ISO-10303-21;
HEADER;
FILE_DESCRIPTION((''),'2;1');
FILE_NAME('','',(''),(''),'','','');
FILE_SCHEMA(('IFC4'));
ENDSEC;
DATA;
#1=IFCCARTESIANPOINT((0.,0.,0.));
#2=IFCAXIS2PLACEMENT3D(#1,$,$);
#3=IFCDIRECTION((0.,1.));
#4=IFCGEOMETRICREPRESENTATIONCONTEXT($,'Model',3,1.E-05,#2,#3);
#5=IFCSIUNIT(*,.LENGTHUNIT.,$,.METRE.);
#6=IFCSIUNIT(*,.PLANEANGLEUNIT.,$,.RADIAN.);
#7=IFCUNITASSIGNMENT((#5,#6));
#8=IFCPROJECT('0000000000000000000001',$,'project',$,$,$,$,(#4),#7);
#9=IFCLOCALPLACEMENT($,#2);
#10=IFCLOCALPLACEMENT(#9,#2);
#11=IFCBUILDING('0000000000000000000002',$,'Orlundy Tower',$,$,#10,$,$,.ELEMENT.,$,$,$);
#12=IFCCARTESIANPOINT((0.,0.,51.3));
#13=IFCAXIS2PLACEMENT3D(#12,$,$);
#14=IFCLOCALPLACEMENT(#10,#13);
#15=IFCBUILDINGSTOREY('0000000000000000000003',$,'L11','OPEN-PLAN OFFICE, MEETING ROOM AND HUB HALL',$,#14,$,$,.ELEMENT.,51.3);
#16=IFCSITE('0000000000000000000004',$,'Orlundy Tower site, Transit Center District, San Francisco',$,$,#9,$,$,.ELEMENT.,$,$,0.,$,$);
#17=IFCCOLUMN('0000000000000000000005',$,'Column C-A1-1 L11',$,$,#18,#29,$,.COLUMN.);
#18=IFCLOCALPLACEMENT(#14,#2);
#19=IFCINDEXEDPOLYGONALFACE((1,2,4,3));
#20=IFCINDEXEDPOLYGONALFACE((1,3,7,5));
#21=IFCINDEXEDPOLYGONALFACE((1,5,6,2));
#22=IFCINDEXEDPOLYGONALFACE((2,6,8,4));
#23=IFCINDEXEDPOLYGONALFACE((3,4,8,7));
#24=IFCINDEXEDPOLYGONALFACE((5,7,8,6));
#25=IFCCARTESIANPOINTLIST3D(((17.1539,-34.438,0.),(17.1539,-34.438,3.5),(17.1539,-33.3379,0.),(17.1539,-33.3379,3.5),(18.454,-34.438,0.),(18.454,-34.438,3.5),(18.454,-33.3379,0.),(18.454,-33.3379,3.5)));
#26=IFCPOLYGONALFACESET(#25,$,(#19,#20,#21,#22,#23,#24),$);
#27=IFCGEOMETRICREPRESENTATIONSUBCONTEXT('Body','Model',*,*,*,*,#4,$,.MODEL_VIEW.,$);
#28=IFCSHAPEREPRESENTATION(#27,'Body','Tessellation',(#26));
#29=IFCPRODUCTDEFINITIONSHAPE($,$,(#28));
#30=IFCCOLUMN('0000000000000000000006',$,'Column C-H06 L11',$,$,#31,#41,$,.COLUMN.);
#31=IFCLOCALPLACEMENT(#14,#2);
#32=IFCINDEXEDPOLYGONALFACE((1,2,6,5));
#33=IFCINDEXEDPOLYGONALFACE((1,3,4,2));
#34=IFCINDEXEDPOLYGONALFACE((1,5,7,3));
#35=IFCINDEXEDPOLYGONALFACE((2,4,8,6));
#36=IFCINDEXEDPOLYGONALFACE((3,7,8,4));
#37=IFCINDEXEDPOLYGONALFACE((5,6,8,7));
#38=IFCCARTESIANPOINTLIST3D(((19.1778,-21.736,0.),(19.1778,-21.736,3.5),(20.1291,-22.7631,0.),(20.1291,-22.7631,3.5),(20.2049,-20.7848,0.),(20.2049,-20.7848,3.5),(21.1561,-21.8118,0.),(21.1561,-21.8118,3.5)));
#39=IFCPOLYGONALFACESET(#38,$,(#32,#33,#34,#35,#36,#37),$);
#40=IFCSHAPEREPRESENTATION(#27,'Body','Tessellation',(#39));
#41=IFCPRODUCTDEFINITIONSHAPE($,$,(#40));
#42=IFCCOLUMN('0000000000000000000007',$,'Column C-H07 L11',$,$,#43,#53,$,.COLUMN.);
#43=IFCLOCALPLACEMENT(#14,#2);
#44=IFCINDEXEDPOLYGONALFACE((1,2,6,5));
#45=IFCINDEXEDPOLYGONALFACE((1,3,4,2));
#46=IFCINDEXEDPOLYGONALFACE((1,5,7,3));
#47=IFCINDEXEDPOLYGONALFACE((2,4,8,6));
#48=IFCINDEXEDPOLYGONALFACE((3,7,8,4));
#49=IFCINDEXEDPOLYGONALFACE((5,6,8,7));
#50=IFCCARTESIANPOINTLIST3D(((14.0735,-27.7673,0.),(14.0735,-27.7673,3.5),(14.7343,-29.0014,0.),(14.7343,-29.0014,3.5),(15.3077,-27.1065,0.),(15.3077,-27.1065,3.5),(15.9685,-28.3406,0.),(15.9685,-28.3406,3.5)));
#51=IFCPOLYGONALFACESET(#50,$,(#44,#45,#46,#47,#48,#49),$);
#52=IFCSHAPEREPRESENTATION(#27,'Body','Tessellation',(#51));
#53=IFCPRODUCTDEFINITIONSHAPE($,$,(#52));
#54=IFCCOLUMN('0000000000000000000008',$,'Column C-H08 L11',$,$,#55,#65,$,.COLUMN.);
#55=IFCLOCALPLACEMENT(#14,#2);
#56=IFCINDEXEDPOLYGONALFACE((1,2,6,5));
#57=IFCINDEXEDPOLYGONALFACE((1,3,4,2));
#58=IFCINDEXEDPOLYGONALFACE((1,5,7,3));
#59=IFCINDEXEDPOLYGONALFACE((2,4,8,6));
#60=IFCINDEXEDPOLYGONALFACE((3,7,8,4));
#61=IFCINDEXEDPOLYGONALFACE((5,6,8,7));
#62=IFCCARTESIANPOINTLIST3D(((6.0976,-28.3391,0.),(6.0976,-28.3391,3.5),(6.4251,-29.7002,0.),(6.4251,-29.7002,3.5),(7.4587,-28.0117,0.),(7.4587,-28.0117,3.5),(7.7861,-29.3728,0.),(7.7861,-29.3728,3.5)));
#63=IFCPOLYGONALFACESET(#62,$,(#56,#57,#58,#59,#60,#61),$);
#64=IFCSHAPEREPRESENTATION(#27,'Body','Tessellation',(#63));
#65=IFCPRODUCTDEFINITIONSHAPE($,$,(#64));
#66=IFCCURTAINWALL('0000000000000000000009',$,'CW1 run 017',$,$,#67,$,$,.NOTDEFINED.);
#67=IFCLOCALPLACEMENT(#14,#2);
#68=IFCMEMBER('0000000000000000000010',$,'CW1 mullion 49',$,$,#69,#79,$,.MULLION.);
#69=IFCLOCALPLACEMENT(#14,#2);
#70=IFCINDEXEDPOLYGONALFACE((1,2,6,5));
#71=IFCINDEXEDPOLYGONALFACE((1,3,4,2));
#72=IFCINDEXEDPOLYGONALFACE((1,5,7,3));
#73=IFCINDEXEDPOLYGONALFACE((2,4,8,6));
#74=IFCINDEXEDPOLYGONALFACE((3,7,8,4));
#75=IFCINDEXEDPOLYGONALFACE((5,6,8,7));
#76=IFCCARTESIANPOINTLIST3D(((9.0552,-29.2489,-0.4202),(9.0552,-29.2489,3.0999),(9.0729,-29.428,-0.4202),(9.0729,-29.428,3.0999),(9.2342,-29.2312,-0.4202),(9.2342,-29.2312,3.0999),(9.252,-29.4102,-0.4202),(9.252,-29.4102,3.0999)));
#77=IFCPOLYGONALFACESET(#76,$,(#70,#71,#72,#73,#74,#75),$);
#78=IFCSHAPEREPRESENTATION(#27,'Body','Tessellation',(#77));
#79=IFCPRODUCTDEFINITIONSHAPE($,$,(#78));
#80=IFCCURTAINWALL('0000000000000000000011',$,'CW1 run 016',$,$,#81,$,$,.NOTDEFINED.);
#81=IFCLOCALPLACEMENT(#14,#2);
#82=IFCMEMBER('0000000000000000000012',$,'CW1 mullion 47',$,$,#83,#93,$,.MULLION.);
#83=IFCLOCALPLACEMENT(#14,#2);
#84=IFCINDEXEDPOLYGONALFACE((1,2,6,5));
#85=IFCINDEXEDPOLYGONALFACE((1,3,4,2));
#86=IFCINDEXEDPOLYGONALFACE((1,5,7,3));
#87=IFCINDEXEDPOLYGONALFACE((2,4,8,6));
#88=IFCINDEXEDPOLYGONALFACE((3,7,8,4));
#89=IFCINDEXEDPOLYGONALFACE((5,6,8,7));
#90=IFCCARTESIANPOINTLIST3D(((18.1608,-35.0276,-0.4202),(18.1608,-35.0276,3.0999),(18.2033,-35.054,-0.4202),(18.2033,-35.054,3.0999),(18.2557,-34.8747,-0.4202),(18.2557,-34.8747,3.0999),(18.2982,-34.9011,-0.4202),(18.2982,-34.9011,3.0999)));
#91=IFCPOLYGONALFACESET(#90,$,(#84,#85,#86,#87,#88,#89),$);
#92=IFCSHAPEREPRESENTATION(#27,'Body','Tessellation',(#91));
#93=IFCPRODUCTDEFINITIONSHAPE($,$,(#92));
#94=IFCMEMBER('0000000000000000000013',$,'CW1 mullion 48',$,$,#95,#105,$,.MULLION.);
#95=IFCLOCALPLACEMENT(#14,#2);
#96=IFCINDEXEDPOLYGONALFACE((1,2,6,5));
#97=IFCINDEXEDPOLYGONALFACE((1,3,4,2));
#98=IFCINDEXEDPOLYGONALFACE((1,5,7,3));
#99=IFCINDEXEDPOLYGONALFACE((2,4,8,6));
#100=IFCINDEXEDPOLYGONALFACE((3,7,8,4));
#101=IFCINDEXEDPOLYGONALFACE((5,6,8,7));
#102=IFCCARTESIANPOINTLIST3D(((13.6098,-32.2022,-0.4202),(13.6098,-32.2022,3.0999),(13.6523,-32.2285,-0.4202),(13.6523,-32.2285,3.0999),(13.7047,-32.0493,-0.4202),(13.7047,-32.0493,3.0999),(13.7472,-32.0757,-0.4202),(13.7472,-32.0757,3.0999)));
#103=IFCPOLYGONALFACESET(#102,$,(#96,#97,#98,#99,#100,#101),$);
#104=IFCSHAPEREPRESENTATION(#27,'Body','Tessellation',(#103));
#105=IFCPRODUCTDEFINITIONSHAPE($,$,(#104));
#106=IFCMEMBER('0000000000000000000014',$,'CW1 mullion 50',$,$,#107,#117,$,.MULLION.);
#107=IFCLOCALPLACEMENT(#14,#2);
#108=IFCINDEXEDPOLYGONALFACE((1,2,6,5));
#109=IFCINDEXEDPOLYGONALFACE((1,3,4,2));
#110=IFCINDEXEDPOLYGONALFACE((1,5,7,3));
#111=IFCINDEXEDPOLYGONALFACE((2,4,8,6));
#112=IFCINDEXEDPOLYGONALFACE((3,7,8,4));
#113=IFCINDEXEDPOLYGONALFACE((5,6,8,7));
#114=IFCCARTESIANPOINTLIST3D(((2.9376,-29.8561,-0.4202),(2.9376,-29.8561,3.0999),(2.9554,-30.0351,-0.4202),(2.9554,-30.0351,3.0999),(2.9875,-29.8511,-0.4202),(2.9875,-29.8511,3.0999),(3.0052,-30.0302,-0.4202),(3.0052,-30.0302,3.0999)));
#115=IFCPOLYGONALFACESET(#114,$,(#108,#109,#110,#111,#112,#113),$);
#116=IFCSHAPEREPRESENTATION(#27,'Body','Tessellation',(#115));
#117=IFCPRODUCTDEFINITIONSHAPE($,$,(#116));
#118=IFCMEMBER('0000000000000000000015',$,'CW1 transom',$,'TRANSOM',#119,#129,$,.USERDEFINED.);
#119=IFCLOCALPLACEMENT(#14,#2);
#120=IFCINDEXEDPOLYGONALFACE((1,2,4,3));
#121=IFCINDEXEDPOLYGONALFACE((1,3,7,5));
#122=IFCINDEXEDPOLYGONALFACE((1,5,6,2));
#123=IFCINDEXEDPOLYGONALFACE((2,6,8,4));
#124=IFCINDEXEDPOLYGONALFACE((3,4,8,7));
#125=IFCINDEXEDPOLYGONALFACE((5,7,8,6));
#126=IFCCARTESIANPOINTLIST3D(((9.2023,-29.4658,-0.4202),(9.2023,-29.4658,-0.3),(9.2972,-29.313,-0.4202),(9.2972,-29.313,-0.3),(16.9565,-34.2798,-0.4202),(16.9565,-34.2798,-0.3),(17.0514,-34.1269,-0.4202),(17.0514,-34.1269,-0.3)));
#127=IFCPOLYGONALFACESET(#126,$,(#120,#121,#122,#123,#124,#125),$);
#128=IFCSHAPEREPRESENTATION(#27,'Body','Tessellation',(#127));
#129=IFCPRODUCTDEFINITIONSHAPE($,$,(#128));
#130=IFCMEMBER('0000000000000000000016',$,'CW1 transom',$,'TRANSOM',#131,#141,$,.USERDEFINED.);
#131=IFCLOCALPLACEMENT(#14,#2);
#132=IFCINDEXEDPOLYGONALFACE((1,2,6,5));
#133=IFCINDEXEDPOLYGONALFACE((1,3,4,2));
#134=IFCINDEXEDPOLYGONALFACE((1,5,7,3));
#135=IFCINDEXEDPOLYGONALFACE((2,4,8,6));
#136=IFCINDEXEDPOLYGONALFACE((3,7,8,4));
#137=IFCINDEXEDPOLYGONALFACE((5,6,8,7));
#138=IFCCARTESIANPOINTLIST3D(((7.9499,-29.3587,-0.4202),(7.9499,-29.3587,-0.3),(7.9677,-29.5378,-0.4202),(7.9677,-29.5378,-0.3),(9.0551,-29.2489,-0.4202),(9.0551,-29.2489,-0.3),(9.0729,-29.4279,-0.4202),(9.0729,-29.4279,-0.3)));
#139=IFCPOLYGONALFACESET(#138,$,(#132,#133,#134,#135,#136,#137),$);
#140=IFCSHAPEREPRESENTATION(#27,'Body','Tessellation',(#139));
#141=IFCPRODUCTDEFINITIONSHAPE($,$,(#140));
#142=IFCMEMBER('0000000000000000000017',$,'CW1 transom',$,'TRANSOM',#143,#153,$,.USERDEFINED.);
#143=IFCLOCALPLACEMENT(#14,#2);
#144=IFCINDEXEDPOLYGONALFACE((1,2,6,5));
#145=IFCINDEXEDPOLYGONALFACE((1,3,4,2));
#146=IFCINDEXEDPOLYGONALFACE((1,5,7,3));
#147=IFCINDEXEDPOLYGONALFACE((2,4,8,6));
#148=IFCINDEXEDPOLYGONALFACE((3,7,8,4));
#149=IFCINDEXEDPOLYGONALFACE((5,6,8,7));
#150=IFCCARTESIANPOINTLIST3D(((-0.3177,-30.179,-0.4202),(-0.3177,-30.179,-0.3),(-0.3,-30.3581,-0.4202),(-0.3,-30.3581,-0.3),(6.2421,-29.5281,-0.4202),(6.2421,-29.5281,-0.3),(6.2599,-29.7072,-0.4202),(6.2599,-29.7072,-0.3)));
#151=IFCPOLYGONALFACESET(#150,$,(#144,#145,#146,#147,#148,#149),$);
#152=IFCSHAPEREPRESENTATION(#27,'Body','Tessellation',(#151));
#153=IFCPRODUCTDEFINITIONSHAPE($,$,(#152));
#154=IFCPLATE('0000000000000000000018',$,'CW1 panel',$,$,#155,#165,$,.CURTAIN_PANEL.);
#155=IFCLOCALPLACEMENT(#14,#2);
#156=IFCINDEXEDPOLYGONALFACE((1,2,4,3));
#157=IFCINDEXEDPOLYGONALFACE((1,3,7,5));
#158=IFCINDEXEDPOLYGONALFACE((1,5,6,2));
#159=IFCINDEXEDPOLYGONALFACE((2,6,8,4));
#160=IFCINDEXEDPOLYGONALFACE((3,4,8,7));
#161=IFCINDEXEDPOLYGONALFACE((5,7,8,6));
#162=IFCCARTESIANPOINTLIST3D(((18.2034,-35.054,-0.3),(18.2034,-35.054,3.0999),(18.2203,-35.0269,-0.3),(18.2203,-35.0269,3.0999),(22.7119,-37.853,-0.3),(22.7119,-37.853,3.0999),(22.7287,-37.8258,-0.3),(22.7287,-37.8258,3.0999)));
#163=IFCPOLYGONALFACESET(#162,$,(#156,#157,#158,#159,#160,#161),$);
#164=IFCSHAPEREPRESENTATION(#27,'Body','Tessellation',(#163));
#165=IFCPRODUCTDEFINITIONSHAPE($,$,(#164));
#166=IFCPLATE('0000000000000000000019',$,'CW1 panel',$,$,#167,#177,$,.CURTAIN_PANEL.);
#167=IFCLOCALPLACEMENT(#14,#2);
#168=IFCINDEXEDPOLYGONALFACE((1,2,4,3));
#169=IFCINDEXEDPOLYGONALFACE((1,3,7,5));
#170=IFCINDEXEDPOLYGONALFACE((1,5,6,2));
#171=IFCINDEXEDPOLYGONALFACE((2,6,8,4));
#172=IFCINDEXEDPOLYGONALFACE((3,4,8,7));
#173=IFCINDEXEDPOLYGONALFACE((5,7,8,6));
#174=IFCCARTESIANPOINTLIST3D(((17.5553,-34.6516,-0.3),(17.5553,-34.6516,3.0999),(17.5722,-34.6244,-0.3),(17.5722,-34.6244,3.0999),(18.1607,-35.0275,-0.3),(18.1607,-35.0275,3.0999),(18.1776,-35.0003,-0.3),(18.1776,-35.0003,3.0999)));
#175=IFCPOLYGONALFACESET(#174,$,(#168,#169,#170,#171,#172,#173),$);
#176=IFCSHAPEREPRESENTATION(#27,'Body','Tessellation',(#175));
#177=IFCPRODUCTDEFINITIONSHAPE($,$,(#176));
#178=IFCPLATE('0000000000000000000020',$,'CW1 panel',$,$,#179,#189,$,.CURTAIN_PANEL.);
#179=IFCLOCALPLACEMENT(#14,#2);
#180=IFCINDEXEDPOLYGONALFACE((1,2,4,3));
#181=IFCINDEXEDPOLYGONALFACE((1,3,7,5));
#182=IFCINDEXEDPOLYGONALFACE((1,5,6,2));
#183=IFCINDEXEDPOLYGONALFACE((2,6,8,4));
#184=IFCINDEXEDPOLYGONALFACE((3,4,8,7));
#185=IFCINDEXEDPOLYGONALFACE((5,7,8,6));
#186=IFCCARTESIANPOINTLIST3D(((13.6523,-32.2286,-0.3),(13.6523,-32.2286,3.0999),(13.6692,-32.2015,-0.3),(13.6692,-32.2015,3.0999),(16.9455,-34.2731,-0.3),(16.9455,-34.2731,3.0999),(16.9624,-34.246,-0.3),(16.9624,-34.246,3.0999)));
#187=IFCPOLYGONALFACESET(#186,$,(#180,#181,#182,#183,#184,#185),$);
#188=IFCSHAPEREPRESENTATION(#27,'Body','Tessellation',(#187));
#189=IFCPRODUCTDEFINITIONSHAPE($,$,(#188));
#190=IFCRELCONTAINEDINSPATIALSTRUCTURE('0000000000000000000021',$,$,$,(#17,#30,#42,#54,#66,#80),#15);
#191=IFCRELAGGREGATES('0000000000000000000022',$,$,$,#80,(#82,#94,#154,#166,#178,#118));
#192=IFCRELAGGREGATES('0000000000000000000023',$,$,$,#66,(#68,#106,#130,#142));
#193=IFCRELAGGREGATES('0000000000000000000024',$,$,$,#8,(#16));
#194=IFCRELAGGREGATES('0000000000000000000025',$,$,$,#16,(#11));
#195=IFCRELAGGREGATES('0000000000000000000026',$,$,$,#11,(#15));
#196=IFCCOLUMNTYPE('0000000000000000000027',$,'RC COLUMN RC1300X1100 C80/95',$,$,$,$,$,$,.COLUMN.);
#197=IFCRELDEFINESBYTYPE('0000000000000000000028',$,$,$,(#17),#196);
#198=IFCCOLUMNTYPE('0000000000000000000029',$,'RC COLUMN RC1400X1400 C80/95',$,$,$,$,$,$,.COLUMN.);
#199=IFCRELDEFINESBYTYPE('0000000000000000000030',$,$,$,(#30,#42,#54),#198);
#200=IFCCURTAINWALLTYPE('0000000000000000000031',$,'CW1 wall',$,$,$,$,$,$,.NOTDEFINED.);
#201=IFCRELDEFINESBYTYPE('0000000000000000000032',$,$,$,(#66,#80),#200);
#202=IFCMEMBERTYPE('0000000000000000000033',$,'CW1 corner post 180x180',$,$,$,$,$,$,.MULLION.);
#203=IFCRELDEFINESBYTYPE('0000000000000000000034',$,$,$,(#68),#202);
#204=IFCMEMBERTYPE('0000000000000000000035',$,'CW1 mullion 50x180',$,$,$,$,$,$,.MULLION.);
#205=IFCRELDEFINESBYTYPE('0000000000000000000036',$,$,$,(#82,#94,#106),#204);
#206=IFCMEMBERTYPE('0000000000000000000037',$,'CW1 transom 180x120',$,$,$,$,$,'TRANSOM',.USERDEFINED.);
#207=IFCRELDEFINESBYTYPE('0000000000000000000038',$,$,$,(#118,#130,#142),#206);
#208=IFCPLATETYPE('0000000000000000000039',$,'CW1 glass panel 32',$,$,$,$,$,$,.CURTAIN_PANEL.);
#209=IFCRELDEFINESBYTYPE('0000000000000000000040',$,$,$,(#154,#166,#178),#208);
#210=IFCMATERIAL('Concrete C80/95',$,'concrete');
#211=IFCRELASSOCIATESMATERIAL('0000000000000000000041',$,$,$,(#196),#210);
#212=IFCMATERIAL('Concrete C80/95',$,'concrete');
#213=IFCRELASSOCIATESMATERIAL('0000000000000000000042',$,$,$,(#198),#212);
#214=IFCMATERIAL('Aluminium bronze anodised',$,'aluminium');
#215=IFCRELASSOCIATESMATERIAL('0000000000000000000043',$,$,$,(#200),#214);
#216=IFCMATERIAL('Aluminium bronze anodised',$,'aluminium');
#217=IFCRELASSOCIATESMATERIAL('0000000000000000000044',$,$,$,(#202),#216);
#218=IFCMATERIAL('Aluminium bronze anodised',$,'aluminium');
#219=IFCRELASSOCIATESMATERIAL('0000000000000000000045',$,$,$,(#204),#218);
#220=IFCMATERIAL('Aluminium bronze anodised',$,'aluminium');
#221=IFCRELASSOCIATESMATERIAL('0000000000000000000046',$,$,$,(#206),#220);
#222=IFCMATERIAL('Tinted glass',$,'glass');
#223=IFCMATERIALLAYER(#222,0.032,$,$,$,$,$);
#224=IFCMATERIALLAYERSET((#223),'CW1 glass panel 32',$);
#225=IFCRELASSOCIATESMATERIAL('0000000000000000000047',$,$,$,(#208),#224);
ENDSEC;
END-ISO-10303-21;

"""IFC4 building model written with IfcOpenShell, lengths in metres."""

from ifc_helpers import new_model, si_unit, direction, frame, origin, origin_2d, place, context, subcontext, project, spatial, rectangle, extrude, material, layer, layer_set, material_profile, profile_set, type_object, element, aggregate, save


model = new_model("IFC4")

# Units and contexts
model_context = context("Model", 3, precision=1e-05, world=origin(), true_north=direction((0.0, 1.0)))
body_context = subcontext(model_context, "Body", "Model", "MODEL_VIEW")
ifc_project = project(units=[si_unit("LENGTHUNIT", "METRE"), si_unit("PLANEANGLEUNIT", "RADIAN")], contexts=[model_context])

# Site, building, storey
site_placement = place(None, origin())
site = spatial("IfcSite", under=ifc_project, at=site_placement, Name="Orlundy Tower site, Transit Center District, San Francisco", CompositionType="ELEMENT", RefElevation=0.0)
building_placement = place(site_placement, origin())
building = spatial("IfcBuilding", under=site, at=building_placement, Name="Orlundy Tower", CompositionType="ELEMENT")
storey_placement = place(building_placement, frame((0.0, 0.0, 51.3)))
storey = spatial("IfcBuildingStorey", under=building, at=storey_placement, Name="L11", Description="OPEN-PLAN OFFICE, MEETING ROOM AND HUB HALL", CompositionType="ELEMENT", Elevation=51.3)

# Columns
ifc_material_1 = material(Name="Concrete C80/95", Category="concrete")
ifc_material_profile_1 = material_profile(ifc_material_1, rectangle(XDim=1.3, YDim=1.1001, at=origin_2d()), Name="RC1300X1100")
ifc_profile_set_1 = profile_set([ifc_material_profile_1], Name="Concrete C80/95")
column_type_1 = type_object("IfcColumnType", Name="RC COLUMN RC1300X1100 C80/95", PredefinedType="COLUMN", material=ifc_profile_set_1)
column_placement = place(storey_placement, frame((17.804, -33.8879, 0.0), z_axis=(0.0, 0.0, 1.0), x_axis=(1.0, 0.0, 0.0)))
element("IfcColumn", 1, at=column_placement, inside=storey, type_object=column_type_1, Name="Column C-A1-1 L11", PredefinedType="COLUMN", context=body_context, shape_type="SweptSolid", body=[
    extrude(rectangle(XDim=1.3, YDim=1.1001, at=origin_2d()), origin(), (0.0, 0.0, 1.0), 3.5),
])
ifc_material_2 = material(Name="Concrete C80/95", Category="concrete")
ifc_material_profile_2 = material_profile(ifc_material_2, rectangle(XDim=1.3999, YDim=1.3999, at=origin_2d()), Name="RC1400X1400")
ifc_profile_set_2 = profile_set([ifc_material_profile_2], Name="Concrete C80/95")
column_type_2 = type_object("IfcColumnType", Name="RC COLUMN RC1400X1400 C80/95", PredefinedType="COLUMN", material=ifc_profile_set_2)
for number, where, z_axis, x_axis, name in (
    (2, (20.167, -21.7739, 0.0), (0.0, 0.0, 1.0), (0.679518, -0.733659, 0.0), "Column C-H06 L11"),
    (3, (15.021, -28.054, 0.0), (0.0, 0.0, 1.0), (0.472028, -0.881584, 0.0), "Column C-H07 L11"),
    (4, (6.9419, -28.856, 0.0), (0.0, 0.0, 1.0), (0.233904, -0.97226, 0.0), "Column C-H08 L11"),
):
    element("IfcColumn", number, at=place(storey_placement, frame(where, z_axis=z_axis, x_axis=x_axis)), inside=storey, type_object=column_type_2, Name=name, PredefinedType="COLUMN", context=body_context, shape_type="SweptSolid", body=[
        extrude(rectangle(XDim=1.3999, YDim=1.3999, at=origin_2d()), origin(), (0.0, 0.0, 1.0), 3.5),
    ])

# Curtain wall, member
ifc_material_3 = material(Name="Aluminium bronze anodised", Category="aluminium")
curtain_wall_type = type_object("IfcCurtainWallType", Name="CW1 wall", PredefinedType="NOTDEFINED", material=ifc_material_3)
curtain_wall_1_placement = place(storey_placement, origin())
curtain_wall_1 = element("IfcCurtainWall", 5, at=curtain_wall_1_placement, inside=storey, type_object=curtain_wall_type, Name="CW1 run 017", PredefinedType="NOTDEFINED")
ifc_material_4 = material(Name="Aluminium bronze anodised", Category="aluminium")
ifc_material_profile_3 = material_profile(ifc_material_4, rectangle(XDim=0.1799, YDim=0.1799, at=origin_2d()), Name="CW1 corner post 180x180")
ifc_profile_set_3 = profile_set([ifc_material_profile_3], Name="Aluminium bronze anodised")
member_type_1 = type_object("IfcMemberType", Name="CW1 corner post 180x180", PredefinedType="MULLION", material=ifc_profile_set_3)
member_1_placement = place(storey_placement, frame((9.1536, -29.3296, -0.4202), z_axis=(0.0, 0.0, 1.0), x_axis=(0.09875, -0.995112, 0.0)))
member_1 = element("IfcMember", 6, at=member_1_placement, type_object=member_type_1, Name="CW1 mullion 49", PredefinedType="MULLION", context=body_context, shape_type="SweptSolid", body=[
    extrude(rectangle(XDim=0.1799, YDim=0.1799, at=origin_2d()), origin(), (0.0, 0.0, 1.0), 3.52),
])

# Curtain wall, members
curtain_wall_2_placement = place(storey_placement, origin())
curtain_wall_2 = element("IfcCurtainWall", 7, at=curtain_wall_2_placement, inside=storey, type_object=curtain_wall_type, Name="CW1 run 016", PredefinedType="NOTDEFINED")
ifc_material_5 = material(Name="Aluminium bronze anodised", Category="aluminium")
ifc_material_profile_4 = material_profile(ifc_material_5, rectangle(XDim=0.1799, YDim=0.05, at=origin_2d()), Name="CW1 mullion 50x180")
ifc_profile_set_4 = profile_set([ifc_material_profile_4], Name="Aluminium bronze anodised")
member_type_2 = type_object("IfcMemberType", Name="CW1 mullion 50x180", PredefinedType="MULLION", material=ifc_profile_set_4)
member_2_placement = place(storey_placement, frame((18.2295, -34.9644, -0.4202), z_axis=(0.0, 0.0, 1.0), x_axis=(-0.527449, -0.849587, 0.0)))
member_2 = element("IfcMember", 8, at=member_2_placement, type_object=member_type_2, Name="CW1 mullion 47", PredefinedType="MULLION", context=body_context, shape_type="SweptSolid", body=[
    extrude(rectangle(XDim=0.1799, YDim=0.05, at=origin_2d()), origin(), (0.0, 0.0, 1.0), 3.52),
])
member_3_placement = place(storey_placement, frame((13.6785, -32.1389, -0.4202), z_axis=(0.0, 0.0, 1.0), x_axis=(-0.527449, -0.849587, 0.0)))
member_3 = element("IfcMember", 9, at=member_3_placement, type_object=member_type_2, Name="CW1 mullion 48", PredefinedType="MULLION", context=body_context, shape_type="SweptSolid", body=[
    extrude(rectangle(XDim=0.1799, YDim=0.05, at=origin_2d()), origin(), (0.0, 0.0, 1.0), 3.52),
])

# Members
member_4_placement = place(storey_placement, frame((2.9714, -29.9431, -0.4202), z_axis=(0.0, 0.0, 1.0), x_axis=(0.09875, -0.995112, 0.0)))
member_4 = element("IfcMember", 10, at=member_4_placement, type_object=member_type_2, Name="CW1 mullion 50", PredefinedType="MULLION", context=body_context, shape_type="SweptSolid", body=[
    extrude(rectangle(XDim=0.1799, YDim=0.05, at=origin_2d()), origin(), (0.0, 0.0, 1.0), 3.52),
])
ifc_material_6 = material(Name="Aluminium bronze anodised", Category="aluminium")
ifc_material_profile_5 = material_profile(ifc_material_6, rectangle(XDim=0.1799, YDim=0.1201, at=origin_2d()), Name="CW1 transom 180x120")
ifc_profile_set_5 = profile_set([ifc_material_profile_5], Name="Aluminium bronze anodised")
member_type_3 = type_object("IfcMemberType", Name="CW1 transom 180x120", ElementType="TRANSOM", PredefinedType="USERDEFINED", material=ifc_profile_set_5)
member_5_placement = place(storey_placement, frame((17.0039, -34.2034, -0.3601), z_axis=(-0.849589, 0.527445, 0.0), x_axis=(-0.527445, -0.849589, 0.0)))
member_5 = element("IfcMember", 11, at=member_5_placement, type_object=member_type_3, Name="CW1 transom", ObjectType="TRANSOM", PredefinedType="USERDEFINED", context=body_context, shape_type="SweptSolid", body=[
    extrude(rectangle(XDim=0.1799, YDim=0.1201, at=origin_2d()), origin(), (0.0, 0.0, 1.0), 9.127),
])
member_6_placement = place(storey_placement, frame((9.064, -29.3384, -0.3601), z_axis=(-0.995096, -0.098916, 0.0), x_axis=(0.098916, -0.995096, 0.0)))
member_6 = element("IfcMember", 12, at=member_6_placement, type_object=member_type_3, Name="CW1 transom", ObjectType="TRANSOM", PredefinedType="USERDEFINED", context=body_context, shape_type="SweptSolid", body=[
    extrude(rectangle(XDim=0.1799, YDim=0.1201, at=origin_2d()), origin(), (0.0, 0.0, 1.0), 1.1106),
])
member_7_placement = place(storey_placement, frame((6.251, -29.6177, -0.3601), z_axis=(-0.995114, -0.098737, 0.0), x_axis=(0.098737, -0.995114, 0.0)))
member_7 = element("IfcMember", 13, at=member_7_placement, type_object=member_type_3, Name="CW1 transom", ObjectType="TRANSOM", PredefinedType="USERDEFINED", context=body_context, shape_type="SweptSolid", body=[
    extrude(rectangle(XDim=0.1799, YDim=0.1201, at=origin_2d()), origin(), (0.0, 0.0, 1.0), 6.592),
])

# Plates
ifc_material_7 = material(Name="Tinted glass", Category="glass")
ifc_layer_1 = layer(ifc_material_7, 0.032)
ifc_layer_set_1 = layer_set([ifc_layer_1], Name="CW1 glass panel 32")
plate_type = type_object("IfcPlateType", Name="CW1 glass panel 32", PredefinedType="CURTAIN_PANEL", material=ifc_layer_set_1)
plate_1_placement = place(storey_placement, frame((20.4661, -36.4399, -0.3), z_axis=(0.0, 0.0, 1.0), x_axis=(-0.849587, 0.527449, 0.0)))
plate_1 = element("IfcPlate", 14, at=plate_1_placement, type_object=plate_type, Name="CW1 panel", PredefinedType="CURTAIN_PANEL", context=body_context, shape_type="SweptSolid", body=[
    extrude(rectangle(XDim=5.3066, YDim=0.032, at=origin_2d()), origin(), (0.0, 0.0, 1.0), 3.3999),
])
plate_2_placement = place(storey_placement, frame((17.8665, -34.8259, -0.3), z_axis=(0.0, 0.0, 1.0), x_axis=(-0.849587, 0.527449, 0.0)))
plate_2 = element("IfcPlate", 15, at=plate_2_placement, type_object=plate_type, Name="CW1 panel", PredefinedType="CURTAIN_PANEL", context=body_context, shape_type="SweptSolid", body=[
    extrude(rectangle(XDim=0.7126, YDim=0.032, at=origin_2d()), origin(), (0.0, 0.0, 1.0), 3.3999),
])
plate_3_placement = place(storey_placement, frame((15.3074, -33.2373, -0.3), z_axis=(0.0, 0.0, 1.0), x_axis=(-0.849587, 0.527449, 0.0)))
plate_3 = element("IfcPlate", 16, at=plate_3_placement, type_object=plate_type, Name="CW1 panel", PredefinedType="CURTAIN_PANEL", context=body_context, shape_type="SweptSolid", body=[
    extrude(rectangle(XDim=3.8762, YDim=0.032, at=origin_2d()), origin(), (0.0, 0.0, 1.0), 3.3999),
])
aggregate(curtain_wall_2, [member_2, member_3, plate_1, plate_2, plate_3, member_5])
aggregate(curtain_wall_1, [member_1, member_4, member_6, member_7])

save(model, "model.ifc")
